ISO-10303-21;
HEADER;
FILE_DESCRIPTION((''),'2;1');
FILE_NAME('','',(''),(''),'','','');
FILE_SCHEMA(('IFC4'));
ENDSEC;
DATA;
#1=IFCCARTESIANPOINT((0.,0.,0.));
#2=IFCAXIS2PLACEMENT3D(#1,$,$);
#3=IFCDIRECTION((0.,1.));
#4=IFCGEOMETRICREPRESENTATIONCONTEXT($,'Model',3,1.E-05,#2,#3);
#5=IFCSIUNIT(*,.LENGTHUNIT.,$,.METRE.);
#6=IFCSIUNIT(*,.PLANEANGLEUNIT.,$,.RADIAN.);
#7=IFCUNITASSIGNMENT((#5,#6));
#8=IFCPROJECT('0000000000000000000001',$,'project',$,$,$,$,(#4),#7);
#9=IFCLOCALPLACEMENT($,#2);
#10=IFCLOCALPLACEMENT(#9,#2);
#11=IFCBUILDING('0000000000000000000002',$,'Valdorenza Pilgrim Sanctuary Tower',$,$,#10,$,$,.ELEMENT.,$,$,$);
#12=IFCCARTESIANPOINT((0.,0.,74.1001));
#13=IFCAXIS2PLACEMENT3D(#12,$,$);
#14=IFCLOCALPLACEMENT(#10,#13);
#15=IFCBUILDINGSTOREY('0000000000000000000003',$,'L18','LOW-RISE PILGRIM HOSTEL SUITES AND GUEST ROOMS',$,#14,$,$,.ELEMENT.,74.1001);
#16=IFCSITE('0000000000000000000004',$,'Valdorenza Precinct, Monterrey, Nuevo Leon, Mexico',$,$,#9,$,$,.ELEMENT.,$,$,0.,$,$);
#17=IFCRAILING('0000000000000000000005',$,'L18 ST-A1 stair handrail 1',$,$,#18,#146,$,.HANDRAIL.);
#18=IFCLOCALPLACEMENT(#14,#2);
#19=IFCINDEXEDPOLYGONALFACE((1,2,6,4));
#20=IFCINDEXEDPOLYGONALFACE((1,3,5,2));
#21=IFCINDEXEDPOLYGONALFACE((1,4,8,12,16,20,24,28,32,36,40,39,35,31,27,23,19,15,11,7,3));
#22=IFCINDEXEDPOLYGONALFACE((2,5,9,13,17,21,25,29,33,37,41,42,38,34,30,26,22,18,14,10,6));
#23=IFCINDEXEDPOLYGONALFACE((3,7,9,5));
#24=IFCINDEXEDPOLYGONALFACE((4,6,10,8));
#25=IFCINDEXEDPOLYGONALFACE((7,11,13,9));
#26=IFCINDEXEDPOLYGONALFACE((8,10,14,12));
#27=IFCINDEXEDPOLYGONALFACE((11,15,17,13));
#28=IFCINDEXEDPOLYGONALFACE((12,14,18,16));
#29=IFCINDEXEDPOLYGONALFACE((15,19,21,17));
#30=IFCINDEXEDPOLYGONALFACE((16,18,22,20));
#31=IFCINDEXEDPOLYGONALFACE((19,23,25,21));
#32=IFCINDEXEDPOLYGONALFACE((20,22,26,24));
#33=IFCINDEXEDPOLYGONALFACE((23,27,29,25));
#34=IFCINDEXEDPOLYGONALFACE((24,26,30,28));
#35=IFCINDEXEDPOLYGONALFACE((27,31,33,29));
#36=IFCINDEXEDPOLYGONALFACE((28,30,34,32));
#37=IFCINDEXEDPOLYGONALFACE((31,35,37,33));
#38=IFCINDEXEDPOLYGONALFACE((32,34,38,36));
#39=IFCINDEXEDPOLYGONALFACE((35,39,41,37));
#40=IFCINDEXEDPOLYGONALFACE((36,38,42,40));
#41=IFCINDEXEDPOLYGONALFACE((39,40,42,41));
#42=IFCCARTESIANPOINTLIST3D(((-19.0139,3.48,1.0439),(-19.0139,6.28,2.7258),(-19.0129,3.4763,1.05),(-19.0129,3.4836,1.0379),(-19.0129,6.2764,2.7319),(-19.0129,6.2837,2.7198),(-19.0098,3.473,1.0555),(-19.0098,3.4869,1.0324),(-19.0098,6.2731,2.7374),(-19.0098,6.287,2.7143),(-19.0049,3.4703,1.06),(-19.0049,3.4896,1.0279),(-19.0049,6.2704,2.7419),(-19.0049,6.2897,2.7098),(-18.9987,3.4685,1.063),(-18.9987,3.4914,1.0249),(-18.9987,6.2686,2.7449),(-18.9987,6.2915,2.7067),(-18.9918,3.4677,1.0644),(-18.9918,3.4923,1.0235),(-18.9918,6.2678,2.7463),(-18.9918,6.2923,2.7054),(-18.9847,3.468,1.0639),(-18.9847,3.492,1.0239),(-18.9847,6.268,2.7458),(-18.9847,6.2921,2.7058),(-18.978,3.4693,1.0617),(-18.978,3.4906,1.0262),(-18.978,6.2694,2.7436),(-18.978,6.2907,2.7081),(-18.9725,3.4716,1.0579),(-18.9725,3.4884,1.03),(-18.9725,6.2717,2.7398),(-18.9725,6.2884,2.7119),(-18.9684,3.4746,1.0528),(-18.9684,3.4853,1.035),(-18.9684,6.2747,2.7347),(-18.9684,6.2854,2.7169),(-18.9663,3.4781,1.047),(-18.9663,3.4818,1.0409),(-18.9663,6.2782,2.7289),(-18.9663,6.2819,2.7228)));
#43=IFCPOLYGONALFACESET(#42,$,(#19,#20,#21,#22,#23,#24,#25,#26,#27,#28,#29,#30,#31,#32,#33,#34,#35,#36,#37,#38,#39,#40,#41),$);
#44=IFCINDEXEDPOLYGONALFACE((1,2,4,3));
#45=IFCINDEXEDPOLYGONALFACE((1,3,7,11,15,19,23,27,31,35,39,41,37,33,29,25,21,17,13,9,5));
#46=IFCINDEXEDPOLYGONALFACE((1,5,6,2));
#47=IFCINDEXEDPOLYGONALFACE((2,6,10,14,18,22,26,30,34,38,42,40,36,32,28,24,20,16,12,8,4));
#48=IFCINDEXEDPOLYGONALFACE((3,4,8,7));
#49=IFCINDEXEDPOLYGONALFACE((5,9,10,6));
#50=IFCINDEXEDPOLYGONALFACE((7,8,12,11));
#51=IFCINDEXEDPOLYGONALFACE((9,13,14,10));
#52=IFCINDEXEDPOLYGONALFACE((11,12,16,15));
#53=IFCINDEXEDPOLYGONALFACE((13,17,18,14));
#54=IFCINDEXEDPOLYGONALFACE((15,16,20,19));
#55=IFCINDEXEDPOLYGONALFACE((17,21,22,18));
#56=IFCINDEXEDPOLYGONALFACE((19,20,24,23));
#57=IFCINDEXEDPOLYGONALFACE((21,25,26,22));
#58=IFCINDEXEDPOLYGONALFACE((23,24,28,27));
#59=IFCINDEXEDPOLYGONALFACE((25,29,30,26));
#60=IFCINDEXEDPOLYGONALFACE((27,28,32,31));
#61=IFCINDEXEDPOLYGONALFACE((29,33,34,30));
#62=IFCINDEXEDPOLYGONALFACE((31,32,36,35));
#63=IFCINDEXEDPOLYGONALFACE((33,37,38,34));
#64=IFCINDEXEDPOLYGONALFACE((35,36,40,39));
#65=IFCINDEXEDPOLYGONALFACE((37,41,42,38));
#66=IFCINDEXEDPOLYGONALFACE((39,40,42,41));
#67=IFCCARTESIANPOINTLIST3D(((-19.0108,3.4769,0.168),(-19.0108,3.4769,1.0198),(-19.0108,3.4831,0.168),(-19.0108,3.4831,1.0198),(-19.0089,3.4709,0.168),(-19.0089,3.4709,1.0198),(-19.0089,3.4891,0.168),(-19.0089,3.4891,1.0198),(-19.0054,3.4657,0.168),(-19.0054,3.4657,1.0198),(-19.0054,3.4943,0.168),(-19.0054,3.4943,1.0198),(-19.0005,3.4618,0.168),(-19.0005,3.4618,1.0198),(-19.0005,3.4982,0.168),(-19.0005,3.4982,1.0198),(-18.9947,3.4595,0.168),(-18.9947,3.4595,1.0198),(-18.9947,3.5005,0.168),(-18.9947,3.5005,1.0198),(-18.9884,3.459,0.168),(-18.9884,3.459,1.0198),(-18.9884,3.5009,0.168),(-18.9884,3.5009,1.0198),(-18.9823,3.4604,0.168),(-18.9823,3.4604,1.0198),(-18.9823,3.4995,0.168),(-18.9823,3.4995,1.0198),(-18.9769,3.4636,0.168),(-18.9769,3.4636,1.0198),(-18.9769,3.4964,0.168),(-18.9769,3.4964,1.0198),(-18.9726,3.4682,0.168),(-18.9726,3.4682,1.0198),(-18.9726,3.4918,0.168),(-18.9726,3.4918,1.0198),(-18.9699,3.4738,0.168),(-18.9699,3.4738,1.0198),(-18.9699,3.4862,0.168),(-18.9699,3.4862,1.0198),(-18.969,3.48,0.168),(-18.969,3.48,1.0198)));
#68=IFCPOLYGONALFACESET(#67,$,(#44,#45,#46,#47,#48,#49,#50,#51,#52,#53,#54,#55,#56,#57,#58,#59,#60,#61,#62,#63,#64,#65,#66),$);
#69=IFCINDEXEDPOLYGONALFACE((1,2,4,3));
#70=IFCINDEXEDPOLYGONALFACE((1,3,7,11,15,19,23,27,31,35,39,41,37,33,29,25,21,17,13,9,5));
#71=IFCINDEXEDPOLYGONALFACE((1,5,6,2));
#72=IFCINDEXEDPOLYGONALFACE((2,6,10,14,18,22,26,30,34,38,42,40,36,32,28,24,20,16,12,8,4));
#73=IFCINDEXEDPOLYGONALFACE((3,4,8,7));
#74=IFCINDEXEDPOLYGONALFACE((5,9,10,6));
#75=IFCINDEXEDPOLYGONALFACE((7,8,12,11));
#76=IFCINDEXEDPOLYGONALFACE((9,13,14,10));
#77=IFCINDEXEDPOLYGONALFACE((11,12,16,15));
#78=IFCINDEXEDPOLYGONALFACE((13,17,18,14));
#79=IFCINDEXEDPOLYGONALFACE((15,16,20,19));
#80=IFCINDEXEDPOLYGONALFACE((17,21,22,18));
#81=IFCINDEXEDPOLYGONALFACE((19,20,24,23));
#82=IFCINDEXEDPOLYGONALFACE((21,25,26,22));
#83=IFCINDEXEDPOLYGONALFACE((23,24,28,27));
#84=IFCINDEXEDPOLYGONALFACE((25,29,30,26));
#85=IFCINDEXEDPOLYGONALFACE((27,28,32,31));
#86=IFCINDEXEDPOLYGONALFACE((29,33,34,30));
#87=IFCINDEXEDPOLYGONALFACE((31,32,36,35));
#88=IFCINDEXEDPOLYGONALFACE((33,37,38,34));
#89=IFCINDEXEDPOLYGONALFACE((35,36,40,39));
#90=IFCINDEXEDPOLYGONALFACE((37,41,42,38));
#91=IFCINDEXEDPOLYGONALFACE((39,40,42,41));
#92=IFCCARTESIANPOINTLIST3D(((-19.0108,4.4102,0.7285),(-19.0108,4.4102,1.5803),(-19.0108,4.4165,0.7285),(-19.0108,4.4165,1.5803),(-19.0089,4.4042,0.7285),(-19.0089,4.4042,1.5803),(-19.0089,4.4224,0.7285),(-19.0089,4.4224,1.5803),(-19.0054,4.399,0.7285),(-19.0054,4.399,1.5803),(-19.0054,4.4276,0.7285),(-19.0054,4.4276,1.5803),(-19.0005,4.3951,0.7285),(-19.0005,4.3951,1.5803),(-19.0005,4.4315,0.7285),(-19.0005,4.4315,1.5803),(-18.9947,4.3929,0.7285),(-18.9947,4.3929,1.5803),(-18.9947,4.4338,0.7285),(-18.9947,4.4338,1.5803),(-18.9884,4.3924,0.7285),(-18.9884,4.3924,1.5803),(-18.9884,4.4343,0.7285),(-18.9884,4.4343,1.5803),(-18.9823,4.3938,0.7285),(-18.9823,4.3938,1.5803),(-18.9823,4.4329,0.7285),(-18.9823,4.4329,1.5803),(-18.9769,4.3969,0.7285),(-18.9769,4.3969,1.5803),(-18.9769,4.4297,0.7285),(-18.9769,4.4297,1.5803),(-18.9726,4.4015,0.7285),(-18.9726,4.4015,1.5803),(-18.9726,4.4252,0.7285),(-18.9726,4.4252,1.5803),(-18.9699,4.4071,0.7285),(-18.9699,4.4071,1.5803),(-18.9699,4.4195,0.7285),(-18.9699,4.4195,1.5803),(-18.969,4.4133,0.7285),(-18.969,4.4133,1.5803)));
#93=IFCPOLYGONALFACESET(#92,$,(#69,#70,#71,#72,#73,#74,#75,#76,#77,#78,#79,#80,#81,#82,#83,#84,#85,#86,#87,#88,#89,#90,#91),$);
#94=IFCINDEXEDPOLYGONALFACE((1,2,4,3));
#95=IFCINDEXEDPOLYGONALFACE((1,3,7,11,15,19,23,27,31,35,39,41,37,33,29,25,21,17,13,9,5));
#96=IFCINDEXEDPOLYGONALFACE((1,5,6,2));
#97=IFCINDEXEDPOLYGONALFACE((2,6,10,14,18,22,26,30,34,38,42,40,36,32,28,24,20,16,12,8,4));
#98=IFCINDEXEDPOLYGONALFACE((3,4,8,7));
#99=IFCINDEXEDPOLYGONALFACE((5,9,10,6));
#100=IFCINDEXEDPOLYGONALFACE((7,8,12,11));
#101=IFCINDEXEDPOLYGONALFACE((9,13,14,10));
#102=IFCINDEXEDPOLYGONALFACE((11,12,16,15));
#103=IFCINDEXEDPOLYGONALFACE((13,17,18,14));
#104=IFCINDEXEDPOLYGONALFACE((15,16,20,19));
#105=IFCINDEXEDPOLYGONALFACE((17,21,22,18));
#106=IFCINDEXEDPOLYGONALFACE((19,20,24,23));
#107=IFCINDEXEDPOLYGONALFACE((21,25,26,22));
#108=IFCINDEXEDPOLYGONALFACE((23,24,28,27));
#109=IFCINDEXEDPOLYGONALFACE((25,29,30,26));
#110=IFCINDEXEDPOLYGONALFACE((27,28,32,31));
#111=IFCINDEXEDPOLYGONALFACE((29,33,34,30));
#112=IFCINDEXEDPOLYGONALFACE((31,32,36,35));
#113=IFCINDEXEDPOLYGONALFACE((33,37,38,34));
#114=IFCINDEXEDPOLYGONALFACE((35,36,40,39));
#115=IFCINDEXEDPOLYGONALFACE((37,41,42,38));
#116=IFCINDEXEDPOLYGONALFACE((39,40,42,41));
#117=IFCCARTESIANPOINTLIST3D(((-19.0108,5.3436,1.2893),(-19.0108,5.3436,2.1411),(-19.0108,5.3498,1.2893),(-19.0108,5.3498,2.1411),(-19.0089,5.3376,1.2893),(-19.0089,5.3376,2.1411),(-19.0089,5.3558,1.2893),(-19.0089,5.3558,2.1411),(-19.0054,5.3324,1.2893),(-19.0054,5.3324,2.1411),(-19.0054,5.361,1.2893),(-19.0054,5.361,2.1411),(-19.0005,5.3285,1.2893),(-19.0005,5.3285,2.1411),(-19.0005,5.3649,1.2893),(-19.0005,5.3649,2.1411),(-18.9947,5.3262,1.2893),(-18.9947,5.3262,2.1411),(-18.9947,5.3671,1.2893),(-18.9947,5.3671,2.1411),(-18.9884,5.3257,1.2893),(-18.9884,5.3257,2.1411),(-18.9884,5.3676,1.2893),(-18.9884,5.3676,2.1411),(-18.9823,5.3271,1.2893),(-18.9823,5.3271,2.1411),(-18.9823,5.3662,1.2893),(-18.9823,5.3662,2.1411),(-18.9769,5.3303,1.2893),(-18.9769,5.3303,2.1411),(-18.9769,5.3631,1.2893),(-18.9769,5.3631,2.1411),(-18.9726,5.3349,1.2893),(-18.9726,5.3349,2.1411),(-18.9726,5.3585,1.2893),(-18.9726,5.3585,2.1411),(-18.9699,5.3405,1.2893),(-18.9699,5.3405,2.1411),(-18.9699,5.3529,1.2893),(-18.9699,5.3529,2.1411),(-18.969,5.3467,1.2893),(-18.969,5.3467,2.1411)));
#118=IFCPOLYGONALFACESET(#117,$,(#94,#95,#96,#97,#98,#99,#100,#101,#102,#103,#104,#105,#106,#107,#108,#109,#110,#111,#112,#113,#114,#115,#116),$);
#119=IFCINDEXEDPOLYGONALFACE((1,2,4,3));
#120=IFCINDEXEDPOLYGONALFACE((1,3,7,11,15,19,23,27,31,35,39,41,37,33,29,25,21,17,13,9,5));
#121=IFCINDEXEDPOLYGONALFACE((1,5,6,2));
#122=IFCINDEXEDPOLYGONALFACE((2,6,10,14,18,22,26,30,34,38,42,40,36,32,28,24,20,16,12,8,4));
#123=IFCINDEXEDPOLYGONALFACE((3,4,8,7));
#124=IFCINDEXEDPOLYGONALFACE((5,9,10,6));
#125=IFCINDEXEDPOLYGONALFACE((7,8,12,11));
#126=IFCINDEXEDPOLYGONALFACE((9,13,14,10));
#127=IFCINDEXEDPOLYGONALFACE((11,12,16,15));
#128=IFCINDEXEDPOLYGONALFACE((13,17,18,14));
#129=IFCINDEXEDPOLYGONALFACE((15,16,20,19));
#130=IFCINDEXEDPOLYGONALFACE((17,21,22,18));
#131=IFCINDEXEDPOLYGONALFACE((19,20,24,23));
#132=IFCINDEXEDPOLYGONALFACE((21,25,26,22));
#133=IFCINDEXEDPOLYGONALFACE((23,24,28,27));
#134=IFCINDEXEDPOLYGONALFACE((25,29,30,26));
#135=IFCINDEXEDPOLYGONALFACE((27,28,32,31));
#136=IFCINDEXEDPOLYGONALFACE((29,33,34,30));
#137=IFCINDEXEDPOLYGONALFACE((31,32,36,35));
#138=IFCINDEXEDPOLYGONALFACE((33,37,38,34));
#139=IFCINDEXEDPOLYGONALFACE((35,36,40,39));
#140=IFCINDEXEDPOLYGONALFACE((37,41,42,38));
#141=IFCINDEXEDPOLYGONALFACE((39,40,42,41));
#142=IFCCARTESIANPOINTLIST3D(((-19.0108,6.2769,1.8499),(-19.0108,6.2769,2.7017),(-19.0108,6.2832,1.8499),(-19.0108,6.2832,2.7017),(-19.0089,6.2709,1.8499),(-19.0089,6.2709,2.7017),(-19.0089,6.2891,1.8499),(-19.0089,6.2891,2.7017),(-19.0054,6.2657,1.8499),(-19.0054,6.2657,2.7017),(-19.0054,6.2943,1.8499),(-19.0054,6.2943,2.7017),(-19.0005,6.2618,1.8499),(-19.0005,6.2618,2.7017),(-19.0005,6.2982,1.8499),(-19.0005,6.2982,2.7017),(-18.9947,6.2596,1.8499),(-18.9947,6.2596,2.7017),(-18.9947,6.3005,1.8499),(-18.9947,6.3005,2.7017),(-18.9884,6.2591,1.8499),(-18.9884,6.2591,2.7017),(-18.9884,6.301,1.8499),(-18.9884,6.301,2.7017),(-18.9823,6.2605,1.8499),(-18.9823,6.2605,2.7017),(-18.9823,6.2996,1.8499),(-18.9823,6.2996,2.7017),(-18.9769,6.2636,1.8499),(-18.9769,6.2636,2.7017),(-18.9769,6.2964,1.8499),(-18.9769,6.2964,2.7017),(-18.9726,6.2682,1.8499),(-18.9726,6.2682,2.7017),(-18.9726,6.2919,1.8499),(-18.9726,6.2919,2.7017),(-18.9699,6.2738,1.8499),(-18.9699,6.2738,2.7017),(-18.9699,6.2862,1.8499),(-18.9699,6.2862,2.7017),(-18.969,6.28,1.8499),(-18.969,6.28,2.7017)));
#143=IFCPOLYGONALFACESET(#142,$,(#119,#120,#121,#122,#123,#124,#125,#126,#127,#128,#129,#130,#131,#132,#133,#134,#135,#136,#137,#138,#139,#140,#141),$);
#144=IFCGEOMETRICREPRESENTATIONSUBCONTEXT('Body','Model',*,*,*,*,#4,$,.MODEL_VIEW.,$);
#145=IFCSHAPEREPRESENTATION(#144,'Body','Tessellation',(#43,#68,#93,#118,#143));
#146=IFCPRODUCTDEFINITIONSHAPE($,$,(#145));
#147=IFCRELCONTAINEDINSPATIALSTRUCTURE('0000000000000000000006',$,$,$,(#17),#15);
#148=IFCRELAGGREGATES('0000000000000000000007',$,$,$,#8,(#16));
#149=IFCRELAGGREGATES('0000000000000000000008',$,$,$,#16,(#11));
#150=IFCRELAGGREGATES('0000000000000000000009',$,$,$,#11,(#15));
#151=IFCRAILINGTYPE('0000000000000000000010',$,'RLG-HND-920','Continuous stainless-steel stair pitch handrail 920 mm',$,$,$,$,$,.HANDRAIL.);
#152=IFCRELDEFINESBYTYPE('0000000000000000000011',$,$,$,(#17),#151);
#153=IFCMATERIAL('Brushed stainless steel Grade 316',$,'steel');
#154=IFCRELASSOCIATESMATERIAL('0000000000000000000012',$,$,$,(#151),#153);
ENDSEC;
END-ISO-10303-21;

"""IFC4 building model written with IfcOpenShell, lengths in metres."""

from ifc_helpers import new_model, si_unit, direction, frame, origin, origin_2d, place, context, subcontext, project, spatial, circle, extrude, material, type_object, element, save


model = new_model("IFC4")

# Units and contexts
model_context = context("Model", 3, precision=1e-05, world=origin(), true_north=direction((0.0, 1.0)))
body_context = subcontext(model_context, "Body", "Model", "MODEL_VIEW")
ifc_project = project(units=[si_unit("LENGTHUNIT", "METRE"), si_unit("PLANEANGLEUNIT", "RADIAN")], contexts=[model_context])

# Site, building, storey
site_placement = place(None, origin())
site = spatial("IfcSite", under=ifc_project, at=site_placement, Name="Valdorenza Precinct, Monterrey, Nuevo Leon, Mexico", CompositionType="ELEMENT", RefElevation=0.0)
building_placement = place(site_placement, origin())
building = spatial("IfcBuilding", under=site, at=building_placement, Name="Valdorenza Pilgrim Sanctuary Tower", CompositionType="ELEMENT")
storey_placement = place(building_placement, frame((0.0, 0.0, 74.1001)))
storey = spatial("IfcBuildingStorey", under=building, at=storey_placement, Name="L18", Description="LOW-RISE PILGRIM HOSTEL SUITES AND GUEST ROOMS", CompositionType="ELEMENT", Elevation=74.1001)

# Shared definitions
ifc_material_1 = material(Name="Brushed stainless steel Grade 316", Category="steel")

# Railing
railing_type_1 = type_object("IfcRailingType", Name="RLG-HND-920", Description="Continuous stainless-steel stair pitch handrail 920 mm", PredefinedType="HANDRAIL", material=ifc_material_1)
railing_1_placement = place(storey_placement, frame((-18.99, 3.48, 0.168)))
element("IfcRailing", 1, at=railing_1_placement, inside=storey, type_object=railing_type_1, Name="L18 ST-A1 stair handrail 1", PredefinedType="HANDRAIL", context=body_context, shape_type="SweptSolid", body=[
    extrude(circle(Radius=0.0239, at=origin_2d()), frame((0.0, 0.0, 0.876), z_axis=(0.0, 0.857242, 0.514913), x_axis=(-1.0, 0.0, 0.0)), (0.0, 0.0, 1.0), 3.2664),
    extrude(circle(Radius=0.021, at=origin_2d()), origin(), (0.0, 0.0, 1.0), 0.8518),
    extrude(circle(Radius=0.021, at=origin_2d()), frame((0.0, 0.9333, 0.5605)), (0.0, 0.0, 1.0), 0.8518),
    extrude(circle(Radius=0.021, at=origin_2d()), frame((0.0, 1.8667, 1.1213)), (0.0, 0.0, 1.0), 0.8518),
    extrude(circle(Radius=0.021, at=origin_2d()), frame((0.0, 2.8, 1.6819)), (0.0, 0.0, 1.0), 0.8518),
])

save(model, "model.ifc")
